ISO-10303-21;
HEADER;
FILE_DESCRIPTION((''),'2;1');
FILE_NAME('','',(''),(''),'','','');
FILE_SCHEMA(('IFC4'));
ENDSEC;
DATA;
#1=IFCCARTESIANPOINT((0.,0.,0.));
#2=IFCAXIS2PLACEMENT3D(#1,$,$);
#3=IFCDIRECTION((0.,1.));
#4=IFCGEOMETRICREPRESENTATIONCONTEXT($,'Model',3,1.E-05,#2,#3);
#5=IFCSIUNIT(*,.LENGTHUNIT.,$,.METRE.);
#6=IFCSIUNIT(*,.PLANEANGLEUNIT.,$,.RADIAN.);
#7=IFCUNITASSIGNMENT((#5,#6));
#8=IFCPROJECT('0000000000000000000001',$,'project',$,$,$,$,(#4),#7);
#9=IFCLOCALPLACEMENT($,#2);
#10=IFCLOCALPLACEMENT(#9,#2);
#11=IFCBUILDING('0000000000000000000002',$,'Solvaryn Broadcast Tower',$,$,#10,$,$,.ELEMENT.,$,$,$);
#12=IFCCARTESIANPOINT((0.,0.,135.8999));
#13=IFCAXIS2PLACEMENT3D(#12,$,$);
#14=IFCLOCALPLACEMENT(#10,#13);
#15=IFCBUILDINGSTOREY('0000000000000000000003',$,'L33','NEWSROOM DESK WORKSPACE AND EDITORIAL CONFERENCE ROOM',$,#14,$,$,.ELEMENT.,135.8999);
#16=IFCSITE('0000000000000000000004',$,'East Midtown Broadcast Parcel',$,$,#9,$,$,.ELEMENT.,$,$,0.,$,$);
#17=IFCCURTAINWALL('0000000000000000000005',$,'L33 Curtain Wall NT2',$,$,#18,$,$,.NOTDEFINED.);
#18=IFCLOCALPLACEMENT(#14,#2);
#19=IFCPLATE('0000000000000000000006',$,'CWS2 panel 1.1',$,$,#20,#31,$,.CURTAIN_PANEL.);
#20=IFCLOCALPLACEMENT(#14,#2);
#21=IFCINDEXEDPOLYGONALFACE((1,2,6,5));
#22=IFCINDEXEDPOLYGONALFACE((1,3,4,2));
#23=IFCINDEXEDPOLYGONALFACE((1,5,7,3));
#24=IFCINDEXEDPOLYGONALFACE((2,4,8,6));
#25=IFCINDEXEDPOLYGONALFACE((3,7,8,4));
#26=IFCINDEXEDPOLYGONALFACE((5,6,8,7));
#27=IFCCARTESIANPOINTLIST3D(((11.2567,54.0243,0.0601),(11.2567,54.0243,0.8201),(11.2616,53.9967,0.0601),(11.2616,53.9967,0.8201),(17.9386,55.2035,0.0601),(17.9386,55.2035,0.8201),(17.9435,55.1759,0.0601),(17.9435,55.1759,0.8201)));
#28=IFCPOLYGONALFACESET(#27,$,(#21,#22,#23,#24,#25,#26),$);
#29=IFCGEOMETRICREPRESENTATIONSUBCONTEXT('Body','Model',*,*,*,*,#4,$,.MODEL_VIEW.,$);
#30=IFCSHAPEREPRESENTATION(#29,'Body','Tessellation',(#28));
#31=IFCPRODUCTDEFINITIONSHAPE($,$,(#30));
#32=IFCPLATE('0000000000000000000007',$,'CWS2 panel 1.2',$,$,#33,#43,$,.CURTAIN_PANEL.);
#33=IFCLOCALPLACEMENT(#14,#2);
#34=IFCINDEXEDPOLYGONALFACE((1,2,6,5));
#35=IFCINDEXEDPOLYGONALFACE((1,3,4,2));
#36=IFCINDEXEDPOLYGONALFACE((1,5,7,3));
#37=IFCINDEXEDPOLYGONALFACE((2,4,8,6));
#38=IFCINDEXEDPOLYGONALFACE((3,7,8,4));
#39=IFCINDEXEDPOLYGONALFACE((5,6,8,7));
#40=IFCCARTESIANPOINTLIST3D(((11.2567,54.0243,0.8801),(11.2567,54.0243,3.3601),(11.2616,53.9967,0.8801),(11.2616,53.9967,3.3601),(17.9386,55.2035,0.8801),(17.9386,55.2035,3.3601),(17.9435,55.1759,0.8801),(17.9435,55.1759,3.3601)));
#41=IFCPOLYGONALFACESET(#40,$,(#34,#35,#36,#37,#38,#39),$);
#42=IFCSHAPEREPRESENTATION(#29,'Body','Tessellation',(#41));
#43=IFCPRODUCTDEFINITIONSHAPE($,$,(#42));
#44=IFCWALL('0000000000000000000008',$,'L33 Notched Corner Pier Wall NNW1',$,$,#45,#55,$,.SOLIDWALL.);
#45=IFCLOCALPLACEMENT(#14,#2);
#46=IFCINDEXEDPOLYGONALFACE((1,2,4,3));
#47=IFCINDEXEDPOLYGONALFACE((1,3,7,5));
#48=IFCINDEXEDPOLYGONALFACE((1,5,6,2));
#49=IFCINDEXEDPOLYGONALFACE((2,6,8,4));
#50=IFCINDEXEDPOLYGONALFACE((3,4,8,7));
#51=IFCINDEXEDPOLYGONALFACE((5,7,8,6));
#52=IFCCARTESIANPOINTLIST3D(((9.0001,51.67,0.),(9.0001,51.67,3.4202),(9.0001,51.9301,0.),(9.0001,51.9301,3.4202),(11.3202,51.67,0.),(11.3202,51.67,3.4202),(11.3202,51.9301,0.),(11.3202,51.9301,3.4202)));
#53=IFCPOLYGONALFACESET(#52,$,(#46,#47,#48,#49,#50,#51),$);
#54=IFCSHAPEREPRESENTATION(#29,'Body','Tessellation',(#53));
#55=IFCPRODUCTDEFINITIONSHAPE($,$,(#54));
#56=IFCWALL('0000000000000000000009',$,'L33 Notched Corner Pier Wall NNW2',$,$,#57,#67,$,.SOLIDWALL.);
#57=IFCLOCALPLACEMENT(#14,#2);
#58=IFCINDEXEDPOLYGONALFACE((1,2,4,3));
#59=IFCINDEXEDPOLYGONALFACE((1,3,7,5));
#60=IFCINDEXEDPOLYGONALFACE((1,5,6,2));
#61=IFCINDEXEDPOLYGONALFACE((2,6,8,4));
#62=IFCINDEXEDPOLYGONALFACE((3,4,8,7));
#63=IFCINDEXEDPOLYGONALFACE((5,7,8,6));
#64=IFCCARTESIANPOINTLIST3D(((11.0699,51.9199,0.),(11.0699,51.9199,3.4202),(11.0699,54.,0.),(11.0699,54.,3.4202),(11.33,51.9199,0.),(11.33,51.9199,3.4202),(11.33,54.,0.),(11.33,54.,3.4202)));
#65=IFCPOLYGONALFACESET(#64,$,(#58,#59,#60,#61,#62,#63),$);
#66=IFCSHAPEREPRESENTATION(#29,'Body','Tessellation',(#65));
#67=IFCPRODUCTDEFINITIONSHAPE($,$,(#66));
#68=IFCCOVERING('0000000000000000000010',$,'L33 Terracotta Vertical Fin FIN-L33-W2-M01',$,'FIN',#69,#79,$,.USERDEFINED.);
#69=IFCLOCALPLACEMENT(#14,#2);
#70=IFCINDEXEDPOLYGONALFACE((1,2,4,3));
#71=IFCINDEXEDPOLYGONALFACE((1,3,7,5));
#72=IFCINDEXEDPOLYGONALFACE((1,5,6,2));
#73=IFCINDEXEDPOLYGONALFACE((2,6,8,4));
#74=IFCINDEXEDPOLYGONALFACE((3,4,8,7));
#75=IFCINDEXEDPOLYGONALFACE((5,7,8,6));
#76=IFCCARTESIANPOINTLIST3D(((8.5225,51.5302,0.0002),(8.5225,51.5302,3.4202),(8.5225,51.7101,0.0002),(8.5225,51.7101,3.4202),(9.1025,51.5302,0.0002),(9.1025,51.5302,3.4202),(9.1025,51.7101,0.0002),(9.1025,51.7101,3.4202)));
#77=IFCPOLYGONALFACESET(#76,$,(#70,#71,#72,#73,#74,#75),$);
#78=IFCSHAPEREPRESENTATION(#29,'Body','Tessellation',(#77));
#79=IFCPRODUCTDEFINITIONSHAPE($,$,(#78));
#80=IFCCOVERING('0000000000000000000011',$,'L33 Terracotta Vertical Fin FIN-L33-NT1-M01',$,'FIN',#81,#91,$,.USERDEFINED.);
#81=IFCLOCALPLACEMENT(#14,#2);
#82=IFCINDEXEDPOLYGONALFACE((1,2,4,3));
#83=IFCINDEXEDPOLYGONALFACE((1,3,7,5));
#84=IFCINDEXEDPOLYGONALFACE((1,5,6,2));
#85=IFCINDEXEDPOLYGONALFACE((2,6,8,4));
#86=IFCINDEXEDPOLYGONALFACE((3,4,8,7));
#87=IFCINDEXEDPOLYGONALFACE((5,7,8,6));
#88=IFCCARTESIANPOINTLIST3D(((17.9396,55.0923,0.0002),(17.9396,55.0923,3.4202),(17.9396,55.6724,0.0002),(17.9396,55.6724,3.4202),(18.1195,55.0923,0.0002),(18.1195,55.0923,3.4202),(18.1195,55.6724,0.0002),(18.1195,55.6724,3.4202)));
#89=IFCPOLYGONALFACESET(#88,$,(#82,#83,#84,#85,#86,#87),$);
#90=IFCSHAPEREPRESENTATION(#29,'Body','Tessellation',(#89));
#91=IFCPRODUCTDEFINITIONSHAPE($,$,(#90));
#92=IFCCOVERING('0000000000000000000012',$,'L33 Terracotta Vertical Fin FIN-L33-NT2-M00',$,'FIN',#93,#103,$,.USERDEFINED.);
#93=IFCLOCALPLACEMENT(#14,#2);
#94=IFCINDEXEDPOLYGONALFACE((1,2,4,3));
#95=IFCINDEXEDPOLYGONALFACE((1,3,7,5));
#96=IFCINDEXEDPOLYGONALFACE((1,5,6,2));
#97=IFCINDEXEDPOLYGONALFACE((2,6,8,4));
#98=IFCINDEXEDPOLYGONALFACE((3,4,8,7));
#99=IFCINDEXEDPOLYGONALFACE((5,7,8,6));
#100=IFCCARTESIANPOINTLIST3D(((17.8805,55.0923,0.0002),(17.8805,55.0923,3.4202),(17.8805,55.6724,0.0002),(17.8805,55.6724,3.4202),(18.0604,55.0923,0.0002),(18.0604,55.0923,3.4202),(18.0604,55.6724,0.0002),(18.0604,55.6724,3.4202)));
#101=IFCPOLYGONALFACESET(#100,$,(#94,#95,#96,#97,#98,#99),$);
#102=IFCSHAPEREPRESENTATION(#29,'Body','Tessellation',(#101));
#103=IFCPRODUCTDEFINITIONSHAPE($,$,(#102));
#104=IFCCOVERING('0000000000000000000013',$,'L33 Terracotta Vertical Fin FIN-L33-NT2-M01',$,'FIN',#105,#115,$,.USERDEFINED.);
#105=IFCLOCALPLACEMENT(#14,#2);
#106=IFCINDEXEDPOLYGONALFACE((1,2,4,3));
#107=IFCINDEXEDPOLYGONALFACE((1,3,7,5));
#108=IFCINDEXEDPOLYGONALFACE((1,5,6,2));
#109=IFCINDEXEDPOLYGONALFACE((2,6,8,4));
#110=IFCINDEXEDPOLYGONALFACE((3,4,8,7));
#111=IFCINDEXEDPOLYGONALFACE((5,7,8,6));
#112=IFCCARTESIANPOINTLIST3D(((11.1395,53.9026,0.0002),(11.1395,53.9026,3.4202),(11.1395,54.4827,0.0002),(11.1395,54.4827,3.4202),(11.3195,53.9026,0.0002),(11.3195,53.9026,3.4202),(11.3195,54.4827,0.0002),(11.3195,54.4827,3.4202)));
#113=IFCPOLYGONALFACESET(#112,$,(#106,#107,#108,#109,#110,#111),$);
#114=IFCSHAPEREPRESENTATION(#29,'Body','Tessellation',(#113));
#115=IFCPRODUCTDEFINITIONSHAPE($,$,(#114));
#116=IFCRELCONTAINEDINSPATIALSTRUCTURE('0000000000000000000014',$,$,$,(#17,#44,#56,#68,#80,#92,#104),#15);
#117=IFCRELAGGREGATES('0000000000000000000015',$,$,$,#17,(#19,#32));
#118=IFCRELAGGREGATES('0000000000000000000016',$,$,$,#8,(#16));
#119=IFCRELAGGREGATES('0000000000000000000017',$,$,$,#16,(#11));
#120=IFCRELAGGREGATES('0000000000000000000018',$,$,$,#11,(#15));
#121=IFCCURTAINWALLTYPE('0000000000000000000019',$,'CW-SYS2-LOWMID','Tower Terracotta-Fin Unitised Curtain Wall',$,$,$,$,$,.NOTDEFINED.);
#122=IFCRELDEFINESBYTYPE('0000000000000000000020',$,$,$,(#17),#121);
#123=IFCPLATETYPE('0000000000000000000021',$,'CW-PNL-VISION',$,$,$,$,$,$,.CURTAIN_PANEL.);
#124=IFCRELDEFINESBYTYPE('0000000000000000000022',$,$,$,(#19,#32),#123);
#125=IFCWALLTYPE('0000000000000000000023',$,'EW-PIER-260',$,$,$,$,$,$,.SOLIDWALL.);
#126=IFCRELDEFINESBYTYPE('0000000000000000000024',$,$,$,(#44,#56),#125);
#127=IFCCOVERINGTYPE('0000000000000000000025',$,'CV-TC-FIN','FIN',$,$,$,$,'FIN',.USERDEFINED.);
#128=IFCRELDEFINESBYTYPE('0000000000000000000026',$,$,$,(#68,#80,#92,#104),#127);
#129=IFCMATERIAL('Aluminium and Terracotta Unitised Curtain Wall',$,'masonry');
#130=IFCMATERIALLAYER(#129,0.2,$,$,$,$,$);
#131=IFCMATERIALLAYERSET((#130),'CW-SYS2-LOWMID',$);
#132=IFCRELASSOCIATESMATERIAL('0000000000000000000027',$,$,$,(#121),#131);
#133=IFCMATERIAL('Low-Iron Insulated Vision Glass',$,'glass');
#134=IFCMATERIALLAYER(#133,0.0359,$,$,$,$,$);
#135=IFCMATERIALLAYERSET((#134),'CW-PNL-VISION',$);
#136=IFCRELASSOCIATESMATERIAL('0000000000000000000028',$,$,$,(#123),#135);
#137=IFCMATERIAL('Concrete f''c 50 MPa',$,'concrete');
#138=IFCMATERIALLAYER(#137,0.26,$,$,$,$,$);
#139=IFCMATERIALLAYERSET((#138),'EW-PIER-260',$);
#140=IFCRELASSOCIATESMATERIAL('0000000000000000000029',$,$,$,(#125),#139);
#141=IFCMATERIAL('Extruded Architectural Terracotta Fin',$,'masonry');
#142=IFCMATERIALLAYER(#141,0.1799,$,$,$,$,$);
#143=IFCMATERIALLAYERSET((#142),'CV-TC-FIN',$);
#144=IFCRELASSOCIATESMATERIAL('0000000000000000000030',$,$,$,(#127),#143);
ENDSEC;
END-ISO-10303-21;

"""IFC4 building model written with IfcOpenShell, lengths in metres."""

from ifc_helpers import new_model, si_unit, direction, frame, frame_2d, origin, origin_2d, place, context, subcontext, project, spatial, rectangle, extrude, material, layer, layer_set, type_object, element, aggregate, save


model = new_model("IFC4")

# Units and contexts
model_context = context("Model", 3, precision=1e-05, world=origin(), true_north=direction((0.0, 1.0)))
body_context = subcontext(model_context, "Body", "Model", "MODEL_VIEW")
ifc_project = project(units=[si_unit("LENGTHUNIT", "METRE"), si_unit("PLANEANGLEUNIT", "RADIAN")], contexts=[model_context])

# Site, building, storey
site_placement = place(None, origin())
site = spatial("IfcSite", under=ifc_project, at=site_placement, Name="East Midtown Broadcast Parcel", CompositionType="ELEMENT", RefElevation=0.0)
building_placement = place(site_placement, origin())
building = spatial("IfcBuilding", under=site, at=building_placement, Name="Solvaryn Broadcast Tower", CompositionType="ELEMENT")
storey_placement = place(building_placement, frame((0.0, 0.0, 135.8999)))
storey = spatial("IfcBuildingStorey", under=building, at=storey_placement, Name="L33", Description="NEWSROOM DESK WORKSPACE AND EDITORIAL CONFERENCE ROOM", CompositionType="ELEMENT", Elevation=135.8999)

# Shared definitions
ifc_material_1 = material(Name="Aluminium and Terracotta Unitised Curtain Wall", Category="masonry")
ifc_layer_1 = layer(ifc_material_1, 0.2)
ifc_layer_set_1 = layer_set([ifc_layer_1], Name="CW-SYS2-LOWMID")
curtain_wall_type = type_object("IfcCurtainWallType", Name="CW-SYS2-LOWMID", Description="Tower Terracotta-Fin Unitised Curtain Wall", PredefinedType="NOTDEFINED", material=ifc_layer_set_1)

# Curtain wall
curtain_wall_1_placement = place(storey_placement, origin())
curtain_wall_1 = element("IfcCurtainWall", 1, at=curtain_wall_1_placement, inside=storey, type_object=curtain_wall_type, Name="L33 Curtain Wall NT2", PredefinedType="NOTDEFINED")

# Plates
ifc_material_2 = material(Name="Low-Iron Insulated Vision Glass", Category="glass")
ifc_layer_2 = layer(ifc_material_2, 0.0359)
ifc_layer_set_2 = layer_set([ifc_layer_2], Name="CW-PNL-VISION")
plate_type = type_object("IfcPlateType", Name="CW-PNL-VISION", PredefinedType="CURTAIN_PANEL", material=ifc_layer_set_2)
plate_1_placement = place(storey_placement, frame((14.6001, 54.6001, 0.0601), z_axis=(0.0, 0.0, 1.0), x_axis=(-0.984784, -0.173785, 0.0)))
plate_1 = element("IfcPlate", 2, at=plate_1_placement, type_object=plate_type, Name="CWS2 panel 1.1", PredefinedType="CURTAIN_PANEL", context=body_context, shape_type="SweptSolid", body=[
    extrude(rectangle(XDim=6.7852, YDim=0.0281, at=origin_2d()), origin(), (0.0, 0.0, 1.0), 0.76),
])
plate_2_placement = place(storey_placement, frame((14.6001, 54.6001, 0.8801), z_axis=(0.0, 0.0, 1.0), x_axis=(-0.984784, -0.173785, 0.0)))
plate_2 = element("IfcPlate", 3, at=plate_2_placement, type_object=plate_type, Name="CWS2 panel 1.2", PredefinedType="CURTAIN_PANEL", context=body_context, shape_type="SweptSolid", body=[
    extrude(rectangle(XDim=6.7852, YDim=0.0281, at=origin_2d()), origin(), (0.0, 0.0, 1.0), 2.48),
])
aggregate(curtain_wall_1, [plate_1, plate_2])

# Walls
ifc_material_3 = material(Name="Concrete f'c 50 MPa", Category="concrete")
ifc_layer_3 = layer(ifc_material_3, 0.26)
ifc_layer_set_3 = layer_set([ifc_layer_3], Name="EW-PIER-260")
wall_type = type_object("IfcWallType", Name="EW-PIER-260", PredefinedType="SOLIDWALL", material=ifc_layer_set_3)
wall_1_placement = place(storey_placement, frame((9.0, 51.8, 0.0), z_axis=(0.0, 0.0, 1.0), x_axis=(1.0, 0.0, 0.0)))
element("IfcWall", 4, at=wall_1_placement, inside=storey, type_object=wall_type, Name="L33 Notched Corner Pier Wall NNW1", PredefinedType="SOLIDWALL", context=body_context, shape_type="SweptSolid", body=[
    extrude(rectangle(XDim=2.3201, YDim=0.26, at=frame_2d((1.1602, 0.0))), origin(), (0.0, 0.0, 1.0), 3.4202),
])
wall_2_placement = place(storey_placement, frame((11.2, 51.9199, 0.0), z_axis=(0.0, 0.0, 1.0), x_axis=(0.0, 1.0, 0.0)))
element("IfcWall", 5, at=wall_2_placement, inside=storey, type_object=wall_type, Name="L33 Notched Corner Pier Wall NNW2", PredefinedType="SOLIDWALL", context=body_context, shape_type="SweptSolid", body=[
    extrude(rectangle(XDim=2.0801, YDim=0.26, at=frame_2d((1.04, 0.0))), origin(), (0.0, 0.0, 1.0), 3.4202),
])

# Coverings
ifc_material_4 = material(Name="Extruded Architectural Terracotta Fin", Category="masonry")
ifc_layer_4 = layer(ifc_material_4, 0.1799)
ifc_layer_set_4 = layer_set([ifc_layer_4], Name="CV-TC-FIN")
covering_type = type_object("IfcCoveringType", Name="CV-TC-FIN", Description="FIN", ElementType="FIN", PredefinedType="USERDEFINED", material=ifc_layer_set_4)
covering_placement = place(storey_placement, frame((8.8125, 51.6201, 0.0002), z_axis=(0.0, 0.0, 1.0), x_axis=(1.0, 0.0, 0.0)))
element("IfcCovering", 6, at=covering_placement, inside=storey, type_object=covering_type, Name="L33 Terracotta Vertical Fin FIN-L33-W2-M01", ObjectType="FIN", PredefinedType="USERDEFINED", context=body_context, shape_type="SweptSolid", body=[
    extrude(rectangle(XDim=0.5801, YDim=0.1799, at=origin_2d()), origin(), (0.0, 0.0, 1.0), 3.4199),
])
for number, where, z_axis, x_axis, name in (
    (7, (18.0295, 55.3823, 0.0002), (0.0, 0.0, 1.0), (1.0, 0.0, 0.0), "L33 Terracotta Vertical Fin FIN-L33-NT1-M01"),
    (8, (17.9705, 55.3823, 0.0002), (0.0, 0.0, 1.0), (1.0, 0.0, 0.0), "L33 Terracotta Vertical Fin FIN-L33-NT2-M00"),
    (9, (11.2295, 54.1926, 0.0002), (0.0, 0.0, 1.0), (1.0, 0.0, 0.0), "L33 Terracotta Vertical Fin FIN-L33-NT2-M01"),
):
    element("IfcCovering", number, at=place(storey_placement, frame(where, z_axis=z_axis, x_axis=x_axis)), inside=storey, type_object=covering_type, Name=name, ObjectType="FIN", PredefinedType="USERDEFINED", context=body_context, shape_type="SweptSolid", body=[
        extrude(rectangle(XDim=0.1799, YDim=0.5801, at=origin_2d()), origin(), (0.0, 0.0, 1.0), 3.4199),
    ])

save(model, "model.ifc")
